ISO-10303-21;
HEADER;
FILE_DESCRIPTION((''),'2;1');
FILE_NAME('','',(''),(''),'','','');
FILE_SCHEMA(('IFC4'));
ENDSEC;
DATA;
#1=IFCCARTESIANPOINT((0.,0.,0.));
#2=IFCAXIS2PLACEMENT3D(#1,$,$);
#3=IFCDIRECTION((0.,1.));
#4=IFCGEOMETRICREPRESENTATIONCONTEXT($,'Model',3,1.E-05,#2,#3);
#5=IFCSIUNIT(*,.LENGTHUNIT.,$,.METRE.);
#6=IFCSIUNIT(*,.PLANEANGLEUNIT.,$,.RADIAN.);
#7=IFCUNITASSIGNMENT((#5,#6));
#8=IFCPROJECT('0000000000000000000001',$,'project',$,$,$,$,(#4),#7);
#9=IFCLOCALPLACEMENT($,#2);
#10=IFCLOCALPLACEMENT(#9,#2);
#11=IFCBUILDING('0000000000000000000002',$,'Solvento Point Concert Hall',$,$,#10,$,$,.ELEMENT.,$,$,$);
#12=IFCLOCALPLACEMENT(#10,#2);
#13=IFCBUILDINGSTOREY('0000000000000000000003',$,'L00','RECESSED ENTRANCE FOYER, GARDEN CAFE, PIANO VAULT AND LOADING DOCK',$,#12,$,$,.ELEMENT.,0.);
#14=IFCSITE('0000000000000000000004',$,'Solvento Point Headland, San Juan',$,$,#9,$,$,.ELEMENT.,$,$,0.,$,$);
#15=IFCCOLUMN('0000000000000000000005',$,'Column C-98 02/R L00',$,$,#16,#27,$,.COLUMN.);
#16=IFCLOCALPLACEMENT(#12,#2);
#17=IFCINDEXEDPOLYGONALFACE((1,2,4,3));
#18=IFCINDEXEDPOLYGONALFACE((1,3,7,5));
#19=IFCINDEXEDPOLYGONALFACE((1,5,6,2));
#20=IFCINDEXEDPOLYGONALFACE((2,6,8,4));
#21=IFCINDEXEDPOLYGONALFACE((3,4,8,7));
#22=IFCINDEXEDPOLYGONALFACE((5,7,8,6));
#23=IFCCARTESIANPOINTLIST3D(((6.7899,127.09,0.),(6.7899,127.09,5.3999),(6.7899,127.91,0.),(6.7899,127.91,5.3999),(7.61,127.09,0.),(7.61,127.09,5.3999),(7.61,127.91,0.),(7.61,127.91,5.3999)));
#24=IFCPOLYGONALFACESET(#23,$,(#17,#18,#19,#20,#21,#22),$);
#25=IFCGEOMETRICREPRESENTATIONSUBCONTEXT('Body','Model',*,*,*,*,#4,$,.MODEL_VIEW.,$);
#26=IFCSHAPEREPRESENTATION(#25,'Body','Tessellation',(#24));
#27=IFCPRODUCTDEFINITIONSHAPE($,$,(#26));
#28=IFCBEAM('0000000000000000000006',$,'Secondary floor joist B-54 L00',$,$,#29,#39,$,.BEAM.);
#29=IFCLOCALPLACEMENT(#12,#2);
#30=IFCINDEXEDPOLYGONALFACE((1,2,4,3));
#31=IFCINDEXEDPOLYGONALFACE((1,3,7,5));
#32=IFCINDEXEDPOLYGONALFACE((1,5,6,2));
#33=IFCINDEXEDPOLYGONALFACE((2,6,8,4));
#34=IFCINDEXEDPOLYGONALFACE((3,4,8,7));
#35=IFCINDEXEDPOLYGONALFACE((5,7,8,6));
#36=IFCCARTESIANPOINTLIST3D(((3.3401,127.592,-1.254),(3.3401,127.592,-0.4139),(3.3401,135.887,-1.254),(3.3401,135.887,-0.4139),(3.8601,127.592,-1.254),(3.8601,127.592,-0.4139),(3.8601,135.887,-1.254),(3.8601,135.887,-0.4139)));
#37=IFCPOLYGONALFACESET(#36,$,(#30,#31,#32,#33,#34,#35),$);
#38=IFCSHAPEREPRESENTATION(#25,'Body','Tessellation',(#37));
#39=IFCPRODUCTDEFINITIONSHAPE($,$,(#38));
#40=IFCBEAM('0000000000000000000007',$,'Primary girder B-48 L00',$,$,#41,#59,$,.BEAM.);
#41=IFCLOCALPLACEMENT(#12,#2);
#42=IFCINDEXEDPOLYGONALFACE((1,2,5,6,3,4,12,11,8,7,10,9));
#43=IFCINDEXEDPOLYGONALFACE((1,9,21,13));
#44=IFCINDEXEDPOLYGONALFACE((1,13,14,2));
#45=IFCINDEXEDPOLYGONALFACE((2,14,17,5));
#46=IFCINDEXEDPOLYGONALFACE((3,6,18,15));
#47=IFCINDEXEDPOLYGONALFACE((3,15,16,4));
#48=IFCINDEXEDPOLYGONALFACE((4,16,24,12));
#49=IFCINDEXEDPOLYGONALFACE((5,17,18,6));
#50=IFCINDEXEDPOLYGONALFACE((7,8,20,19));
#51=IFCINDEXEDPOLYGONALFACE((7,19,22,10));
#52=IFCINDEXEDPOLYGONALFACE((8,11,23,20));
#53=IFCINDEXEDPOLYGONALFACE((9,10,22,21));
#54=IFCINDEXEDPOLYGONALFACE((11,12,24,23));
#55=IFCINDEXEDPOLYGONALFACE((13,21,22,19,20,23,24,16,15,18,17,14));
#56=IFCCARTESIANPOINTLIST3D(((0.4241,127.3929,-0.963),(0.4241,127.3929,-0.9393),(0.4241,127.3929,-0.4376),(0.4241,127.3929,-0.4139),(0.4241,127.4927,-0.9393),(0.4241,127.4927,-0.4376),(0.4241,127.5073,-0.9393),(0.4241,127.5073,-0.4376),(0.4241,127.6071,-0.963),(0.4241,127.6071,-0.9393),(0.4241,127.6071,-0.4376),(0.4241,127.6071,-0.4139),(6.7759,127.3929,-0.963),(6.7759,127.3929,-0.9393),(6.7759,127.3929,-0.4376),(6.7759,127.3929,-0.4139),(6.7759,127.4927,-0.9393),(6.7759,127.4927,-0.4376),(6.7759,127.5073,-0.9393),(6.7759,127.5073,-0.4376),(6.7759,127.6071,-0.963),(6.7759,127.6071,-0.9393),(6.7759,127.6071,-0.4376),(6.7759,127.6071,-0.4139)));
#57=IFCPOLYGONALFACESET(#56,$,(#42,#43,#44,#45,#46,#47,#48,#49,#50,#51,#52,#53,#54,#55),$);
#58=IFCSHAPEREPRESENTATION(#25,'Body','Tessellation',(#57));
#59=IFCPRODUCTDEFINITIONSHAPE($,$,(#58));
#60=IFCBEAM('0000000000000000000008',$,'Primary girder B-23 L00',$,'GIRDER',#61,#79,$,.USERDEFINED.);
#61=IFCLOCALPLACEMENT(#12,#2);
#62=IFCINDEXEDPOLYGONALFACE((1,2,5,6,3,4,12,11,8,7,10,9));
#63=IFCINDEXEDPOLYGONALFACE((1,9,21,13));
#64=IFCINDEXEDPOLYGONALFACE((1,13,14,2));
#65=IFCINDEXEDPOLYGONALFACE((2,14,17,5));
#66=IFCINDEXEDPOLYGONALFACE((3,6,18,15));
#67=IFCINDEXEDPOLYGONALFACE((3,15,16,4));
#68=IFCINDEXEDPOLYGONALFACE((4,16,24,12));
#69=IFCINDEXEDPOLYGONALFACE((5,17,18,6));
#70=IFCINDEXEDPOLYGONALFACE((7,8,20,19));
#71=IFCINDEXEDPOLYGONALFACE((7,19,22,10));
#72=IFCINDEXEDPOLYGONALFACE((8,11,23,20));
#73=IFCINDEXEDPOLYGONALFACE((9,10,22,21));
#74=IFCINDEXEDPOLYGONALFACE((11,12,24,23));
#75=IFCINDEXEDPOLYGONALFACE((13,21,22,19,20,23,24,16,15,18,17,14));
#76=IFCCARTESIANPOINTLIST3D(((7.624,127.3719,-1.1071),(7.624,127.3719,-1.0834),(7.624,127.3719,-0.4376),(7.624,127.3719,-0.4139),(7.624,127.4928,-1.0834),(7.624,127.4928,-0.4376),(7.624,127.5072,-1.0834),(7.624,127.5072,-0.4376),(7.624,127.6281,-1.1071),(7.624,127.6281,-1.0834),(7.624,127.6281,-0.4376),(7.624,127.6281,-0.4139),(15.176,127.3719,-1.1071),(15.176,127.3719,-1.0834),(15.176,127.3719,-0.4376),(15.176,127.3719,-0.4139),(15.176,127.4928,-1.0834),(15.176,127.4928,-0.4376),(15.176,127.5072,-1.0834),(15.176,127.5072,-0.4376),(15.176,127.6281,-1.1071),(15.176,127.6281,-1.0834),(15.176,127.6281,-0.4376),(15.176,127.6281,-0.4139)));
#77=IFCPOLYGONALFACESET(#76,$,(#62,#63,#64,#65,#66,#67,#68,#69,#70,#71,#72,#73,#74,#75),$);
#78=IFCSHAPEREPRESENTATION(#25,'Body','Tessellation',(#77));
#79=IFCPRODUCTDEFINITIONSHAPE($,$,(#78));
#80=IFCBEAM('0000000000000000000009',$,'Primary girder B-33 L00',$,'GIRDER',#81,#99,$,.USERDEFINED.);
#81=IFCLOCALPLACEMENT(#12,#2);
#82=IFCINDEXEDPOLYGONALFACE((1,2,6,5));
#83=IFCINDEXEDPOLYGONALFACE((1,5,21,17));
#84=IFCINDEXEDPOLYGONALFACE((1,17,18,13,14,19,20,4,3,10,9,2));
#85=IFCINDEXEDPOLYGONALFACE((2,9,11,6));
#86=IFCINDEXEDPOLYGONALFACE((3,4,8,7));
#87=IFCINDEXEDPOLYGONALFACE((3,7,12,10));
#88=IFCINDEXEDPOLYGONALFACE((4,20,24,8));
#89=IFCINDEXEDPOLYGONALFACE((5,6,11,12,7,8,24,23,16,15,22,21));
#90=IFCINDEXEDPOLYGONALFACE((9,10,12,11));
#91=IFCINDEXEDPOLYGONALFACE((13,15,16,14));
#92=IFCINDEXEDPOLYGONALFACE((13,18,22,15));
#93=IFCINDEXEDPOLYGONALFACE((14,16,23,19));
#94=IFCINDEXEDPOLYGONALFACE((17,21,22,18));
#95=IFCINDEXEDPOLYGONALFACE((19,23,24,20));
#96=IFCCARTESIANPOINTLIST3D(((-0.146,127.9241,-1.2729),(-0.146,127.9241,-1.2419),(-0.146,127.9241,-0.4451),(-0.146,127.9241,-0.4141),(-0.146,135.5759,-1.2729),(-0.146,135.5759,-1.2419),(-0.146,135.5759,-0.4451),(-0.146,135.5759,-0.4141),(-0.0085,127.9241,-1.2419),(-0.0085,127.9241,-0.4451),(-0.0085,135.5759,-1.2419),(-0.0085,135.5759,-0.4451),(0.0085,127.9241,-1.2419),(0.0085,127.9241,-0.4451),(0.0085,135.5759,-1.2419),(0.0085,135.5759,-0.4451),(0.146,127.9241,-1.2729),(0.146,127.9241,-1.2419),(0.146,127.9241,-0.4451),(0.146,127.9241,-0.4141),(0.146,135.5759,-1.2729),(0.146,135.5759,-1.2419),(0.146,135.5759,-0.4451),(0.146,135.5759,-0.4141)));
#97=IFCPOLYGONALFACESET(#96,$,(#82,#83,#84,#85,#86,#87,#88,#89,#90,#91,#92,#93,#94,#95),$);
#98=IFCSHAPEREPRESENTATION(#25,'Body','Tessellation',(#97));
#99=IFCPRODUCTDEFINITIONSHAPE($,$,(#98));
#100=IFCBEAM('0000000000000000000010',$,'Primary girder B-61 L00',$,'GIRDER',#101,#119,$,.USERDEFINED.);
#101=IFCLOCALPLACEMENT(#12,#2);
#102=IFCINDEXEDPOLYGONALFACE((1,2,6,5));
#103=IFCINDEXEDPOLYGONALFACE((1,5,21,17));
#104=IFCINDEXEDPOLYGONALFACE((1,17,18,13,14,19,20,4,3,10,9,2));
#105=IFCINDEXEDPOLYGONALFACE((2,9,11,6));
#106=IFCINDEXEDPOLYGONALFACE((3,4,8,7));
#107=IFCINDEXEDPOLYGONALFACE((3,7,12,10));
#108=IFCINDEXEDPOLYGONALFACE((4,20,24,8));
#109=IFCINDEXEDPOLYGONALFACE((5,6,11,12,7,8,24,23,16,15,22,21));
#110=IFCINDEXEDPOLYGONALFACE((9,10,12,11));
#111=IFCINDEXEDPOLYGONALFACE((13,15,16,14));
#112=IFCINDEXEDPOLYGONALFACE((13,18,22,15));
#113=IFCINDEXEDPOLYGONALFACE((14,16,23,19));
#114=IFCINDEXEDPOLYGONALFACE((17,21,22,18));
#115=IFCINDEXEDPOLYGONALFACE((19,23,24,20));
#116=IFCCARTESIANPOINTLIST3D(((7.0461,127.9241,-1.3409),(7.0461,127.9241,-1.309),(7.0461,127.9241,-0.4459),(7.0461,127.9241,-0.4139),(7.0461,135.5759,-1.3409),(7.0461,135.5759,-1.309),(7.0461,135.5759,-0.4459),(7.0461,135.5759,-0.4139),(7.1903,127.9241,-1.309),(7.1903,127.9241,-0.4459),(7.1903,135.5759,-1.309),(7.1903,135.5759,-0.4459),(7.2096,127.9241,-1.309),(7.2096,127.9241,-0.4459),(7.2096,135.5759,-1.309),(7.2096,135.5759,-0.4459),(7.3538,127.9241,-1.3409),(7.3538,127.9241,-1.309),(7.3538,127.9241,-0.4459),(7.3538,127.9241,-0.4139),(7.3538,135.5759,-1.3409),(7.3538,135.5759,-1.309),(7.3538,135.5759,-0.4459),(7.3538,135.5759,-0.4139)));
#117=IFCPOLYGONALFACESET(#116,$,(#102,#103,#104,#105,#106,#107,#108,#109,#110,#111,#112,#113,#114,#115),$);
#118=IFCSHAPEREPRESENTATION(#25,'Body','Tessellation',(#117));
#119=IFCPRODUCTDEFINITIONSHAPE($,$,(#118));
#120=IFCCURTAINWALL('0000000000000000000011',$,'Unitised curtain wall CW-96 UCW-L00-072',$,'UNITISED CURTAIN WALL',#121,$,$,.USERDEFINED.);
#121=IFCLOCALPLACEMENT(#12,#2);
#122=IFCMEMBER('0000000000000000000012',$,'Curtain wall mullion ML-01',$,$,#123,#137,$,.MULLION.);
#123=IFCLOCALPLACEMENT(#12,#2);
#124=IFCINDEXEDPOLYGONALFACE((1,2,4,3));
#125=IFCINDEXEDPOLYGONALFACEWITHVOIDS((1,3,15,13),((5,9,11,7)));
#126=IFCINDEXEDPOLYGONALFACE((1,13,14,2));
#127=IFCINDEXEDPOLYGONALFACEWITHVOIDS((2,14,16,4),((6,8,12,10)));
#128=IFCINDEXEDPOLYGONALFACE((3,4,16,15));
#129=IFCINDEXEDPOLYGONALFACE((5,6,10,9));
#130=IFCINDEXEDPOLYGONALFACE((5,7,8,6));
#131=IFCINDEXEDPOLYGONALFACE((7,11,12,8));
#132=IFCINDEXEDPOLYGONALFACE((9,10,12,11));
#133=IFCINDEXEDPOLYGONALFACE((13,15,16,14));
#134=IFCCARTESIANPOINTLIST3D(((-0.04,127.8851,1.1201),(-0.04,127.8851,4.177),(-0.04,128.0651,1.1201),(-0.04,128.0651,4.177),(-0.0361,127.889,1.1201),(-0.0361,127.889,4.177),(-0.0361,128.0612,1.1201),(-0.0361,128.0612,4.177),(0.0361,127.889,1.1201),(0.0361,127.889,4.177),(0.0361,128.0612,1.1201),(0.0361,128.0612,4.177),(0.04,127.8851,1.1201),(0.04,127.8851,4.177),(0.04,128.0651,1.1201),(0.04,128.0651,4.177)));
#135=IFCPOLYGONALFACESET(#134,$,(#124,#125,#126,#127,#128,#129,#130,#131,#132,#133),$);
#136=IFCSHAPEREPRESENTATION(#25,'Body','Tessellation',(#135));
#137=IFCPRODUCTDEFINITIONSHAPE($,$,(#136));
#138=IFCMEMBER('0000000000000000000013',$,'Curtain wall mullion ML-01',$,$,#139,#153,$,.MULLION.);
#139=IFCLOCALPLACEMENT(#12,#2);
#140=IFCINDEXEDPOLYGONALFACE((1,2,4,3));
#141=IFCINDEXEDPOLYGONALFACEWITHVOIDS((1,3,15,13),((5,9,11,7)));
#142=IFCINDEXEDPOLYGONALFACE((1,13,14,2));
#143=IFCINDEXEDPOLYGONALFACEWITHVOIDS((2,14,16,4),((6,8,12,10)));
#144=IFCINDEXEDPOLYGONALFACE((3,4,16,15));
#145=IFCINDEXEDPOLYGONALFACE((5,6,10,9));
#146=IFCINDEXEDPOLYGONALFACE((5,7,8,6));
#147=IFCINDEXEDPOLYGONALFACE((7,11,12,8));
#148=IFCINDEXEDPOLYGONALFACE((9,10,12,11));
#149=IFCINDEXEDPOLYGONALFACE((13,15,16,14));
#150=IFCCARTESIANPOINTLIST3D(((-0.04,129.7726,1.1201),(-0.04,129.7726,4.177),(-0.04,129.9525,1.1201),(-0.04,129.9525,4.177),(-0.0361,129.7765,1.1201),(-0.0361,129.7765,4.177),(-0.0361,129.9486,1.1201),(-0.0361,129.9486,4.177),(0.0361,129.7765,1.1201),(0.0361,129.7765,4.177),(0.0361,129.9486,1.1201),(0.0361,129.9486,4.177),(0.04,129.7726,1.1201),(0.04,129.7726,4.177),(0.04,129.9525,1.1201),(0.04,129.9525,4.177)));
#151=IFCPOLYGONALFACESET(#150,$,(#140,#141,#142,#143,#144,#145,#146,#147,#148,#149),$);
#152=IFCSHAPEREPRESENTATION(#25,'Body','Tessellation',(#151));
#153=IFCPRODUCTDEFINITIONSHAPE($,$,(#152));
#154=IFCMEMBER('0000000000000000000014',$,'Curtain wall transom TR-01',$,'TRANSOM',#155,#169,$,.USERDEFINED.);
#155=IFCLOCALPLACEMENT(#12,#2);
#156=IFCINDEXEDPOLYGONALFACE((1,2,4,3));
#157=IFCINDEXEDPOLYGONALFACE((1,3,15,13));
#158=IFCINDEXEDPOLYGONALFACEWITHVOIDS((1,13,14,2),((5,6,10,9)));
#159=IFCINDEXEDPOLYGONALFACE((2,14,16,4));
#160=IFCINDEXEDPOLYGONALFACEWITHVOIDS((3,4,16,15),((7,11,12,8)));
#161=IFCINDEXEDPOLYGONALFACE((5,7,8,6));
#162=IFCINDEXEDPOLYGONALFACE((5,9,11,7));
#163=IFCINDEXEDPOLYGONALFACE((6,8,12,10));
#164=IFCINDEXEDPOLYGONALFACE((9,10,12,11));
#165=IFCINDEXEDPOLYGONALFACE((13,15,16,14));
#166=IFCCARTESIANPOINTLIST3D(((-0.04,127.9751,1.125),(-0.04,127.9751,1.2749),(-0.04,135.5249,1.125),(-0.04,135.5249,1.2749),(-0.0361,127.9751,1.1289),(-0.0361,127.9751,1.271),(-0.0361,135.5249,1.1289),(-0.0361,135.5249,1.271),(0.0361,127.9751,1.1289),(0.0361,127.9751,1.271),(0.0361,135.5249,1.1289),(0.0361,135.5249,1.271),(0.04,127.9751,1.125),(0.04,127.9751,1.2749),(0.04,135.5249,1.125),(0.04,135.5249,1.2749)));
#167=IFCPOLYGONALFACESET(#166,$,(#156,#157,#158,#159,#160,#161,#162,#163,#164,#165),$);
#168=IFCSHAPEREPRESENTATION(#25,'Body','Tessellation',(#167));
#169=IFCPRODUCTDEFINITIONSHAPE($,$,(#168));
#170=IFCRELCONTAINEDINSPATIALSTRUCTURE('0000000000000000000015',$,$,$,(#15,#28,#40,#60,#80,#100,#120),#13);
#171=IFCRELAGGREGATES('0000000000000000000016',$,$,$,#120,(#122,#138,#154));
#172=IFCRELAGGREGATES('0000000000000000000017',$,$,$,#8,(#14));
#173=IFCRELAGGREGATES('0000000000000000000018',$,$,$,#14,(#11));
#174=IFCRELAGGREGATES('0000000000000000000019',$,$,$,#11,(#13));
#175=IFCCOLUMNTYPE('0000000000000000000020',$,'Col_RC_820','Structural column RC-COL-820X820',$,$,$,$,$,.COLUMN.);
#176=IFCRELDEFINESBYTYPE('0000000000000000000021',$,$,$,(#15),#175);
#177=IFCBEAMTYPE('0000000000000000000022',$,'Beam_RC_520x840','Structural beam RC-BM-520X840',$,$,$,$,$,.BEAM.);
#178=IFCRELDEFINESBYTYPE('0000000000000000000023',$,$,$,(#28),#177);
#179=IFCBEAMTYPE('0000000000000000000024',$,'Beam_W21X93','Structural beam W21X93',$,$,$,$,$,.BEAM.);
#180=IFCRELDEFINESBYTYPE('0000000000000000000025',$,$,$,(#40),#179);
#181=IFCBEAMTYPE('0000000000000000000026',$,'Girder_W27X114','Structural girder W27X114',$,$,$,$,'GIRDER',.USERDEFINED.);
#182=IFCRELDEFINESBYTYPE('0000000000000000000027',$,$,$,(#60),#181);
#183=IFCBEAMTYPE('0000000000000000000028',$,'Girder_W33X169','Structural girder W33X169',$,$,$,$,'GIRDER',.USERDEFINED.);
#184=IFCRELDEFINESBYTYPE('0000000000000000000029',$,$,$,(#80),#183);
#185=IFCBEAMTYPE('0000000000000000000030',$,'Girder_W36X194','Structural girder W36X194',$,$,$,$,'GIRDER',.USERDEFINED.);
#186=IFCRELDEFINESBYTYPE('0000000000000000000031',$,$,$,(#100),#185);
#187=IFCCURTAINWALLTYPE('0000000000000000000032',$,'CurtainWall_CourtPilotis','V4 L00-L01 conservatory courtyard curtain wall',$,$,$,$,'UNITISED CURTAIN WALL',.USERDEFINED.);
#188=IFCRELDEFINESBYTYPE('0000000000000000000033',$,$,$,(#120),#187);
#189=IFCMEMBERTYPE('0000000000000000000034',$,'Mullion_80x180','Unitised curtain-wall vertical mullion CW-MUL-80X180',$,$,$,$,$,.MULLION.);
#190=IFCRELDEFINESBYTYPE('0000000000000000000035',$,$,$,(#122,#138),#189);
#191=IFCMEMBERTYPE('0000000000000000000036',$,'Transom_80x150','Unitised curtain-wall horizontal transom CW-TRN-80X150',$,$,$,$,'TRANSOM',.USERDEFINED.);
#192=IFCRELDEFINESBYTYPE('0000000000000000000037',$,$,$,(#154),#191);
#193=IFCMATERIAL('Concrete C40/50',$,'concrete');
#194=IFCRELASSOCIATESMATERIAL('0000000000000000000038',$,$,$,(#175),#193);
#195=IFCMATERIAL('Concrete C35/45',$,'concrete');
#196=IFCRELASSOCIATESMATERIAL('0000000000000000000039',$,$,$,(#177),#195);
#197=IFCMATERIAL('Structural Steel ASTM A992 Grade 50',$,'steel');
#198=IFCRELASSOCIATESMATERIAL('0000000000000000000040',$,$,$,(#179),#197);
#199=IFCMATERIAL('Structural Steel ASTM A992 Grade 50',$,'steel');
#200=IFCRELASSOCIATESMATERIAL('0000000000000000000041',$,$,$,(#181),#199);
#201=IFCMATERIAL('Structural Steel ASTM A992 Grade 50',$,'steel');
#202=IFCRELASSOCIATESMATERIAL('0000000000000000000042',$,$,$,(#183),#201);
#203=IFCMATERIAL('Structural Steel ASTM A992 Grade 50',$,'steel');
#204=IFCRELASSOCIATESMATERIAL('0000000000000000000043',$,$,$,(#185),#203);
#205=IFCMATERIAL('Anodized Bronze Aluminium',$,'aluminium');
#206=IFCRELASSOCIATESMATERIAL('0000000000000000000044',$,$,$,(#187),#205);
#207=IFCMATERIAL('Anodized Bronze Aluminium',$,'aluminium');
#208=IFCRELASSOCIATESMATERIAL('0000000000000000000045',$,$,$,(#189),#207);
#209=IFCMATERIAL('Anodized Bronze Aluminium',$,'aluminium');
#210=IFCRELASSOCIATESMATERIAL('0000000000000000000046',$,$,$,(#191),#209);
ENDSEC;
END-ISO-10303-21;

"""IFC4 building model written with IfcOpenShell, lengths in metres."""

from ifc_helpers import new_model, si_unit, direction, frame, origin, origin_2d, place, context, subcontext, project, spatial, rectangle, hollow_rectangle, i_section, extrude, material, material_profile, profile_set, type_object, element, aggregate, save


model = new_model("IFC4")

# Units and contexts
model_context = context("Model", 3, precision=1e-05, world=origin(), true_north=direction((0.0, 1.0)))
body_context = subcontext(model_context, "Body", "Model", "MODEL_VIEW")
ifc_project = project(units=[si_unit("LENGTHUNIT", "METRE"), si_unit("PLANEANGLEUNIT", "RADIAN")], contexts=[model_context])

# Site, building, storey
site_placement = place(None, origin())
site = spatial("IfcSite", under=ifc_project, at=site_placement, Name="Solvento Point Headland, San Juan", CompositionType="ELEMENT", RefElevation=0.0)
building_placement = place(site_placement, origin())
building = spatial("IfcBuilding", under=site, at=building_placement, Name="Solvento Point Concert Hall", CompositionType="ELEMENT")
storey_placement = place(building_placement, origin())
storey = spatial("IfcBuildingStorey", under=building, at=storey_placement, Name="L00", Description="RECESSED ENTRANCE FOYER, GARDEN CAFE, PIANO VAULT AND LOADING DOCK", CompositionType="ELEMENT", Elevation=0.0)

# Column
ifc_material_1 = material(Name="Concrete C40/50", Category="concrete")
ifc_material_profile_1 = material_profile(ifc_material_1, rectangle(XDim=0.8201, YDim=0.8201, at=origin_2d()), Name="RC-COL-820X820")
ifc_profile_set_1 = profile_set([ifc_material_profile_1], Name="Concrete C40/50")
column_type = type_object("IfcColumnType", Name="Col_RC_820", Description="Structural column RC-COL-820X820", PredefinedType="COLUMN", material=ifc_profile_set_1)
column_placement = place(storey_placement, frame((7.2, 127.5, 0.0), z_axis=(0.0, 0.0, 1.0), x_axis=(1.0, 0.0, 0.0)))
element("IfcColumn", 1, at=column_placement, inside=storey, type_object=column_type, Name="Column C-98 02/R L00", PredefinedType="COLUMN", context=body_context, shape_type="SweptSolid", body=[
    extrude(rectangle(XDim=0.8201, YDim=0.8201, at=origin_2d()), origin(), (0.0, 0.0, 1.0), 5.3999),
])

# Beams
ifc_material_2 = material(Name="Concrete C35/45", Category="concrete")
ifc_material_profile_2 = material_profile(ifc_material_2, rectangle(XDim=0.52, YDim=0.8401, at=origin_2d()), Name="RC-BM-520X840")
ifc_profile_set_2 = profile_set([ifc_material_profile_2], Name="Concrete C35/45")
beam_type_1 = type_object("IfcBeamType", Name="Beam_RC_520x840", Description="Structural beam RC-BM-520X840", PredefinedType="BEAM", material=ifc_profile_set_2)
beam_1_placement = place(storey_placement, frame((3.6001, 127.592, -0.834), z_axis=(0.0, 1.0, 0.0), x_axis=(-1.0, 0.0, 0.0)))
element("IfcBeam", 2, at=beam_1_placement, inside=storey, type_object=beam_type_1, Name="Secondary floor joist B-54 L00", PredefinedType="BEAM", context=body_context, shape_type="SweptSolid", body=[
    extrude(rectangle(XDim=0.52, YDim=0.8401, at=origin_2d()), origin(), (0.0, 0.0, 1.0), 8.2949),
])
ifc_material_3 = material(Name="Structural Steel ASTM A992 Grade 50", Category="steel")
ifc_material_profile_3 = material_profile(ifc_material_3, i_section(OverallWidth=0.2141, OverallDepth=0.5491, WebThickness=0.0146, FlangeThickness=0.0237, at=origin_2d()), Name="W21X93")
ifc_profile_set_3 = profile_set([ifc_material_profile_3], Name="Structural Steel ASTM A992 Grade 50")
beam_type_2 = type_object("IfcBeamType", Name="Beam_W21X93", Description="Structural beam W21X93", PredefinedType="BEAM", material=ifc_profile_set_3)
beam_2_placement = place(storey_placement, frame((0.4241, 127.5, -0.6885), z_axis=(1.0, 0.0, 0.0), x_axis=(0.0, 1.0, 0.0)))
element("IfcBeam", 3, at=beam_2_placement, inside=storey, type_object=beam_type_2, Name="Primary girder B-48 L00", PredefinedType="BEAM", context=body_context, shape_type="SweptSolid", body=[
    extrude(i_section(OverallWidth=0.2141, OverallDepth=0.5491, WebThickness=0.0146, FlangeThickness=0.0237, at=origin_2d()), origin(), (0.0, 0.0, 1.0), 6.3518),
])
ifc_material_4 = material(Name="Structural Steel ASTM A992 Grade 50", Category="steel")
ifc_material_profile_4 = material_profile(ifc_material_4, i_section(OverallWidth=0.2561, OverallDepth=0.6931, WebThickness=0.0144, FlangeThickness=0.0237, at=origin_2d()), Name="W27X114")
ifc_profile_set_4 = profile_set([ifc_material_profile_4], Name="Structural Steel ASTM A992 Grade 50")
beam_type_3 = type_object("IfcBeamType", Name="Girder_W27X114", Description="Structural girder W27X114", ElementType="GIRDER", PredefinedType="USERDEFINED", material=ifc_profile_set_4)
beam_3_placement = place(storey_placement, frame((7.624, 127.5, -0.7605), z_axis=(1.0, 0.0, 0.0), x_axis=(0.0, 1.0, 0.0)))
element("IfcBeam", 4, at=beam_3_placement, inside=storey, type_object=beam_type_3, Name="Primary girder B-23 L00", ObjectType="GIRDER", PredefinedType="USERDEFINED", context=body_context, shape_type="SweptSolid", body=[
    extrude(i_section(OverallWidth=0.2561, OverallDepth=0.6931, WebThickness=0.0144, FlangeThickness=0.0237, at=origin_2d()), origin(), (0.0, 0.0, 1.0), 7.552),
])
ifc_material_5 = material(Name="Structural Steel ASTM A992 Grade 50", Category="steel")
ifc_material_profile_5 = material_profile(ifc_material_5, i_section(OverallWidth=0.292, OverallDepth=0.8589, WebThickness=0.0171, FlangeThickness=0.031, at=origin_2d()), Name="W33X169")
ifc_profile_set_5 = profile_set([ifc_material_profile_5], Name="Structural Steel ASTM A992 Grade 50")
beam_type_4 = type_object("IfcBeamType", Name="Girder_W33X169", Description="Structural girder W33X169", ElementType="GIRDER", PredefinedType="USERDEFINED", material=ifc_profile_set_5)
beam_4_placement = place(storey_placement, frame((0.0, 127.9241, -0.8435), z_axis=(0.0, 1.0, 0.0), x_axis=(-1.0, 0.0, 0.0)))
element("IfcBeam", 5, at=beam_4_placement, inside=storey, type_object=beam_type_4, Name="Primary girder B-33 L00", ObjectType="GIRDER", PredefinedType="USERDEFINED", context=body_context, shape_type="SweptSolid", body=[
    extrude(i_section(OverallWidth=0.292, OverallDepth=0.8589, WebThickness=0.0171, FlangeThickness=0.031, at=origin_2d()), origin(), (0.0, 0.0, 1.0), 7.6519),
])
ifc_material_6 = material(Name="Structural Steel ASTM A992 Grade 50", Category="steel")
ifc_material_profile_6 = material_profile(ifc_material_6, i_section(OverallWidth=0.3076, OverallDepth=0.927, WebThickness=0.0193, FlangeThickness=0.032, at=origin_2d()), Name="W36X194")
ifc_profile_set_6 = profile_set([ifc_material_profile_6], Name="Structural Steel ASTM A992 Grade 50")
beam_type_5 = type_object("IfcBeamType", Name="Girder_W36X194", Description="Structural girder W36X194", ElementType="GIRDER", PredefinedType="USERDEFINED", material=ifc_profile_set_6)
beam_5_placement = place(storey_placement, frame((7.2, 127.9241, -0.8774), z_axis=(0.0, 1.0, 0.0), x_axis=(-1.0, 0.0, 0.0)))
element("IfcBeam", 6, at=beam_5_placement, inside=storey, type_object=beam_type_5, Name="Primary girder B-61 L00", ObjectType="GIRDER", PredefinedType="USERDEFINED", context=body_context, shape_type="SweptSolid", body=[
    extrude(i_section(OverallWidth=0.3076, OverallDepth=0.927, WebThickness=0.0193, FlangeThickness=0.032, at=origin_2d()), origin(), (0.0, 0.0, 1.0), 7.6519),
])

# Curtain wall, members
ifc_material_7 = material(Name="Anodized Bronze Aluminium", Category="aluminium")
curtain_wall_type = type_object("IfcCurtainWallType", Name="CurtainWall_CourtPilotis", Description="V4 L00-L01 conservatory courtyard curtain wall", ElementType="UNITISED CURTAIN WALL", PredefinedType="USERDEFINED", material=ifc_material_7)
curtain_wall_placement = place(storey_placement, origin())
curtain_wall = element("IfcCurtainWall", 7, at=curtain_wall_placement, inside=storey, type_object=curtain_wall_type, Name="Unitised curtain wall CW-96 UCW-L00-072", ObjectType="UNITISED CURTAIN WALL", PredefinedType="USERDEFINED")
ifc_material_8 = material(Name="Anodized Bronze Aluminium", Category="aluminium")
ifc_material_profile_7 = material_profile(ifc_material_8, hollow_rectangle(XDim=0.0801, YDim=0.1799, WallThickness=0.0039, at=origin_2d()), Name="CW-MUL-80X180")
ifc_profile_set_7 = profile_set([ifc_material_profile_7], Name="Anodized Bronze Aluminium")
member_type_1 = type_object("IfcMemberType", Name="Mullion_80x180", Description="Unitised curtain-wall vertical mullion CW-MUL-80X180", PredefinedType="MULLION", material=ifc_profile_set_7)
member_1_placement = place(storey_placement, frame((0.0, 127.9751, 1.1201), z_axis=(0.0, 0.0, 1.0), x_axis=(1.0, 0.0, 0.0)))
member_1 = element("IfcMember", 8, at=member_1_placement, type_object=member_type_1, Name="Curtain wall mullion ML-01", PredefinedType="MULLION", context=body_context, shape_type="SweptSolid", body=[
    extrude(hollow_rectangle(XDim=0.0801, YDim=0.1799, WallThickness=0.0039, at=origin_2d()), origin(), (0.0, 0.0, 1.0), 3.0569),
])
member_2_placement = place(storey_placement, frame((0.0, 129.8625, 1.1201), z_axis=(0.0, 0.0, 1.0), x_axis=(1.0, 0.0, 0.0)))
member_2 = element("IfcMember", 9, at=member_2_placement, type_object=member_type_1, Name="Curtain wall mullion ML-01", PredefinedType="MULLION", context=body_context, shape_type="SweptSolid", body=[
    extrude(hollow_rectangle(XDim=0.0801, YDim=0.1799, WallThickness=0.0039, at=origin_2d()), origin(), (0.0, 0.0, 1.0), 3.0569),
])
ifc_material_9 = material(Name="Anodized Bronze Aluminium", Category="aluminium")
ifc_material_profile_8 = material_profile(ifc_material_9, hollow_rectangle(XDim=0.0801, YDim=0.1499, WallThickness=0.0039, at=origin_2d()), Name="CW-TRN-80X150")
ifc_profile_set_8 = profile_set([ifc_material_profile_8], Name="Anodized Bronze Aluminium")
member_type_2 = type_object("IfcMemberType", Name="Transom_80x150", Description="Unitised curtain-wall horizontal transom CW-TRN-80X150", ElementType="TRANSOM", PredefinedType="USERDEFINED", material=ifc_profile_set_8)
member_3_placement = place(storey_placement, frame((0.0, 127.9751, 1.2), z_axis=(0.0, 1.0, 0.0), x_axis=(-1.0, 0.0, 0.0)))
member_3 = element("IfcMember", 10, at=member_3_placement, type_object=member_type_2, Name="Curtain wall transom TR-01", ObjectType="TRANSOM", PredefinedType="USERDEFINED", context=body_context, shape_type="SweptSolid", body=[
    extrude(hollow_rectangle(XDim=0.0801, YDim=0.1499, WallThickness=0.0039, at=origin_2d()), origin(), (0.0, 0.0, 1.0), 7.5498),
])
aggregate(curtain_wall, [member_1, member_2, member_3])

save(model, "model.ifc")
